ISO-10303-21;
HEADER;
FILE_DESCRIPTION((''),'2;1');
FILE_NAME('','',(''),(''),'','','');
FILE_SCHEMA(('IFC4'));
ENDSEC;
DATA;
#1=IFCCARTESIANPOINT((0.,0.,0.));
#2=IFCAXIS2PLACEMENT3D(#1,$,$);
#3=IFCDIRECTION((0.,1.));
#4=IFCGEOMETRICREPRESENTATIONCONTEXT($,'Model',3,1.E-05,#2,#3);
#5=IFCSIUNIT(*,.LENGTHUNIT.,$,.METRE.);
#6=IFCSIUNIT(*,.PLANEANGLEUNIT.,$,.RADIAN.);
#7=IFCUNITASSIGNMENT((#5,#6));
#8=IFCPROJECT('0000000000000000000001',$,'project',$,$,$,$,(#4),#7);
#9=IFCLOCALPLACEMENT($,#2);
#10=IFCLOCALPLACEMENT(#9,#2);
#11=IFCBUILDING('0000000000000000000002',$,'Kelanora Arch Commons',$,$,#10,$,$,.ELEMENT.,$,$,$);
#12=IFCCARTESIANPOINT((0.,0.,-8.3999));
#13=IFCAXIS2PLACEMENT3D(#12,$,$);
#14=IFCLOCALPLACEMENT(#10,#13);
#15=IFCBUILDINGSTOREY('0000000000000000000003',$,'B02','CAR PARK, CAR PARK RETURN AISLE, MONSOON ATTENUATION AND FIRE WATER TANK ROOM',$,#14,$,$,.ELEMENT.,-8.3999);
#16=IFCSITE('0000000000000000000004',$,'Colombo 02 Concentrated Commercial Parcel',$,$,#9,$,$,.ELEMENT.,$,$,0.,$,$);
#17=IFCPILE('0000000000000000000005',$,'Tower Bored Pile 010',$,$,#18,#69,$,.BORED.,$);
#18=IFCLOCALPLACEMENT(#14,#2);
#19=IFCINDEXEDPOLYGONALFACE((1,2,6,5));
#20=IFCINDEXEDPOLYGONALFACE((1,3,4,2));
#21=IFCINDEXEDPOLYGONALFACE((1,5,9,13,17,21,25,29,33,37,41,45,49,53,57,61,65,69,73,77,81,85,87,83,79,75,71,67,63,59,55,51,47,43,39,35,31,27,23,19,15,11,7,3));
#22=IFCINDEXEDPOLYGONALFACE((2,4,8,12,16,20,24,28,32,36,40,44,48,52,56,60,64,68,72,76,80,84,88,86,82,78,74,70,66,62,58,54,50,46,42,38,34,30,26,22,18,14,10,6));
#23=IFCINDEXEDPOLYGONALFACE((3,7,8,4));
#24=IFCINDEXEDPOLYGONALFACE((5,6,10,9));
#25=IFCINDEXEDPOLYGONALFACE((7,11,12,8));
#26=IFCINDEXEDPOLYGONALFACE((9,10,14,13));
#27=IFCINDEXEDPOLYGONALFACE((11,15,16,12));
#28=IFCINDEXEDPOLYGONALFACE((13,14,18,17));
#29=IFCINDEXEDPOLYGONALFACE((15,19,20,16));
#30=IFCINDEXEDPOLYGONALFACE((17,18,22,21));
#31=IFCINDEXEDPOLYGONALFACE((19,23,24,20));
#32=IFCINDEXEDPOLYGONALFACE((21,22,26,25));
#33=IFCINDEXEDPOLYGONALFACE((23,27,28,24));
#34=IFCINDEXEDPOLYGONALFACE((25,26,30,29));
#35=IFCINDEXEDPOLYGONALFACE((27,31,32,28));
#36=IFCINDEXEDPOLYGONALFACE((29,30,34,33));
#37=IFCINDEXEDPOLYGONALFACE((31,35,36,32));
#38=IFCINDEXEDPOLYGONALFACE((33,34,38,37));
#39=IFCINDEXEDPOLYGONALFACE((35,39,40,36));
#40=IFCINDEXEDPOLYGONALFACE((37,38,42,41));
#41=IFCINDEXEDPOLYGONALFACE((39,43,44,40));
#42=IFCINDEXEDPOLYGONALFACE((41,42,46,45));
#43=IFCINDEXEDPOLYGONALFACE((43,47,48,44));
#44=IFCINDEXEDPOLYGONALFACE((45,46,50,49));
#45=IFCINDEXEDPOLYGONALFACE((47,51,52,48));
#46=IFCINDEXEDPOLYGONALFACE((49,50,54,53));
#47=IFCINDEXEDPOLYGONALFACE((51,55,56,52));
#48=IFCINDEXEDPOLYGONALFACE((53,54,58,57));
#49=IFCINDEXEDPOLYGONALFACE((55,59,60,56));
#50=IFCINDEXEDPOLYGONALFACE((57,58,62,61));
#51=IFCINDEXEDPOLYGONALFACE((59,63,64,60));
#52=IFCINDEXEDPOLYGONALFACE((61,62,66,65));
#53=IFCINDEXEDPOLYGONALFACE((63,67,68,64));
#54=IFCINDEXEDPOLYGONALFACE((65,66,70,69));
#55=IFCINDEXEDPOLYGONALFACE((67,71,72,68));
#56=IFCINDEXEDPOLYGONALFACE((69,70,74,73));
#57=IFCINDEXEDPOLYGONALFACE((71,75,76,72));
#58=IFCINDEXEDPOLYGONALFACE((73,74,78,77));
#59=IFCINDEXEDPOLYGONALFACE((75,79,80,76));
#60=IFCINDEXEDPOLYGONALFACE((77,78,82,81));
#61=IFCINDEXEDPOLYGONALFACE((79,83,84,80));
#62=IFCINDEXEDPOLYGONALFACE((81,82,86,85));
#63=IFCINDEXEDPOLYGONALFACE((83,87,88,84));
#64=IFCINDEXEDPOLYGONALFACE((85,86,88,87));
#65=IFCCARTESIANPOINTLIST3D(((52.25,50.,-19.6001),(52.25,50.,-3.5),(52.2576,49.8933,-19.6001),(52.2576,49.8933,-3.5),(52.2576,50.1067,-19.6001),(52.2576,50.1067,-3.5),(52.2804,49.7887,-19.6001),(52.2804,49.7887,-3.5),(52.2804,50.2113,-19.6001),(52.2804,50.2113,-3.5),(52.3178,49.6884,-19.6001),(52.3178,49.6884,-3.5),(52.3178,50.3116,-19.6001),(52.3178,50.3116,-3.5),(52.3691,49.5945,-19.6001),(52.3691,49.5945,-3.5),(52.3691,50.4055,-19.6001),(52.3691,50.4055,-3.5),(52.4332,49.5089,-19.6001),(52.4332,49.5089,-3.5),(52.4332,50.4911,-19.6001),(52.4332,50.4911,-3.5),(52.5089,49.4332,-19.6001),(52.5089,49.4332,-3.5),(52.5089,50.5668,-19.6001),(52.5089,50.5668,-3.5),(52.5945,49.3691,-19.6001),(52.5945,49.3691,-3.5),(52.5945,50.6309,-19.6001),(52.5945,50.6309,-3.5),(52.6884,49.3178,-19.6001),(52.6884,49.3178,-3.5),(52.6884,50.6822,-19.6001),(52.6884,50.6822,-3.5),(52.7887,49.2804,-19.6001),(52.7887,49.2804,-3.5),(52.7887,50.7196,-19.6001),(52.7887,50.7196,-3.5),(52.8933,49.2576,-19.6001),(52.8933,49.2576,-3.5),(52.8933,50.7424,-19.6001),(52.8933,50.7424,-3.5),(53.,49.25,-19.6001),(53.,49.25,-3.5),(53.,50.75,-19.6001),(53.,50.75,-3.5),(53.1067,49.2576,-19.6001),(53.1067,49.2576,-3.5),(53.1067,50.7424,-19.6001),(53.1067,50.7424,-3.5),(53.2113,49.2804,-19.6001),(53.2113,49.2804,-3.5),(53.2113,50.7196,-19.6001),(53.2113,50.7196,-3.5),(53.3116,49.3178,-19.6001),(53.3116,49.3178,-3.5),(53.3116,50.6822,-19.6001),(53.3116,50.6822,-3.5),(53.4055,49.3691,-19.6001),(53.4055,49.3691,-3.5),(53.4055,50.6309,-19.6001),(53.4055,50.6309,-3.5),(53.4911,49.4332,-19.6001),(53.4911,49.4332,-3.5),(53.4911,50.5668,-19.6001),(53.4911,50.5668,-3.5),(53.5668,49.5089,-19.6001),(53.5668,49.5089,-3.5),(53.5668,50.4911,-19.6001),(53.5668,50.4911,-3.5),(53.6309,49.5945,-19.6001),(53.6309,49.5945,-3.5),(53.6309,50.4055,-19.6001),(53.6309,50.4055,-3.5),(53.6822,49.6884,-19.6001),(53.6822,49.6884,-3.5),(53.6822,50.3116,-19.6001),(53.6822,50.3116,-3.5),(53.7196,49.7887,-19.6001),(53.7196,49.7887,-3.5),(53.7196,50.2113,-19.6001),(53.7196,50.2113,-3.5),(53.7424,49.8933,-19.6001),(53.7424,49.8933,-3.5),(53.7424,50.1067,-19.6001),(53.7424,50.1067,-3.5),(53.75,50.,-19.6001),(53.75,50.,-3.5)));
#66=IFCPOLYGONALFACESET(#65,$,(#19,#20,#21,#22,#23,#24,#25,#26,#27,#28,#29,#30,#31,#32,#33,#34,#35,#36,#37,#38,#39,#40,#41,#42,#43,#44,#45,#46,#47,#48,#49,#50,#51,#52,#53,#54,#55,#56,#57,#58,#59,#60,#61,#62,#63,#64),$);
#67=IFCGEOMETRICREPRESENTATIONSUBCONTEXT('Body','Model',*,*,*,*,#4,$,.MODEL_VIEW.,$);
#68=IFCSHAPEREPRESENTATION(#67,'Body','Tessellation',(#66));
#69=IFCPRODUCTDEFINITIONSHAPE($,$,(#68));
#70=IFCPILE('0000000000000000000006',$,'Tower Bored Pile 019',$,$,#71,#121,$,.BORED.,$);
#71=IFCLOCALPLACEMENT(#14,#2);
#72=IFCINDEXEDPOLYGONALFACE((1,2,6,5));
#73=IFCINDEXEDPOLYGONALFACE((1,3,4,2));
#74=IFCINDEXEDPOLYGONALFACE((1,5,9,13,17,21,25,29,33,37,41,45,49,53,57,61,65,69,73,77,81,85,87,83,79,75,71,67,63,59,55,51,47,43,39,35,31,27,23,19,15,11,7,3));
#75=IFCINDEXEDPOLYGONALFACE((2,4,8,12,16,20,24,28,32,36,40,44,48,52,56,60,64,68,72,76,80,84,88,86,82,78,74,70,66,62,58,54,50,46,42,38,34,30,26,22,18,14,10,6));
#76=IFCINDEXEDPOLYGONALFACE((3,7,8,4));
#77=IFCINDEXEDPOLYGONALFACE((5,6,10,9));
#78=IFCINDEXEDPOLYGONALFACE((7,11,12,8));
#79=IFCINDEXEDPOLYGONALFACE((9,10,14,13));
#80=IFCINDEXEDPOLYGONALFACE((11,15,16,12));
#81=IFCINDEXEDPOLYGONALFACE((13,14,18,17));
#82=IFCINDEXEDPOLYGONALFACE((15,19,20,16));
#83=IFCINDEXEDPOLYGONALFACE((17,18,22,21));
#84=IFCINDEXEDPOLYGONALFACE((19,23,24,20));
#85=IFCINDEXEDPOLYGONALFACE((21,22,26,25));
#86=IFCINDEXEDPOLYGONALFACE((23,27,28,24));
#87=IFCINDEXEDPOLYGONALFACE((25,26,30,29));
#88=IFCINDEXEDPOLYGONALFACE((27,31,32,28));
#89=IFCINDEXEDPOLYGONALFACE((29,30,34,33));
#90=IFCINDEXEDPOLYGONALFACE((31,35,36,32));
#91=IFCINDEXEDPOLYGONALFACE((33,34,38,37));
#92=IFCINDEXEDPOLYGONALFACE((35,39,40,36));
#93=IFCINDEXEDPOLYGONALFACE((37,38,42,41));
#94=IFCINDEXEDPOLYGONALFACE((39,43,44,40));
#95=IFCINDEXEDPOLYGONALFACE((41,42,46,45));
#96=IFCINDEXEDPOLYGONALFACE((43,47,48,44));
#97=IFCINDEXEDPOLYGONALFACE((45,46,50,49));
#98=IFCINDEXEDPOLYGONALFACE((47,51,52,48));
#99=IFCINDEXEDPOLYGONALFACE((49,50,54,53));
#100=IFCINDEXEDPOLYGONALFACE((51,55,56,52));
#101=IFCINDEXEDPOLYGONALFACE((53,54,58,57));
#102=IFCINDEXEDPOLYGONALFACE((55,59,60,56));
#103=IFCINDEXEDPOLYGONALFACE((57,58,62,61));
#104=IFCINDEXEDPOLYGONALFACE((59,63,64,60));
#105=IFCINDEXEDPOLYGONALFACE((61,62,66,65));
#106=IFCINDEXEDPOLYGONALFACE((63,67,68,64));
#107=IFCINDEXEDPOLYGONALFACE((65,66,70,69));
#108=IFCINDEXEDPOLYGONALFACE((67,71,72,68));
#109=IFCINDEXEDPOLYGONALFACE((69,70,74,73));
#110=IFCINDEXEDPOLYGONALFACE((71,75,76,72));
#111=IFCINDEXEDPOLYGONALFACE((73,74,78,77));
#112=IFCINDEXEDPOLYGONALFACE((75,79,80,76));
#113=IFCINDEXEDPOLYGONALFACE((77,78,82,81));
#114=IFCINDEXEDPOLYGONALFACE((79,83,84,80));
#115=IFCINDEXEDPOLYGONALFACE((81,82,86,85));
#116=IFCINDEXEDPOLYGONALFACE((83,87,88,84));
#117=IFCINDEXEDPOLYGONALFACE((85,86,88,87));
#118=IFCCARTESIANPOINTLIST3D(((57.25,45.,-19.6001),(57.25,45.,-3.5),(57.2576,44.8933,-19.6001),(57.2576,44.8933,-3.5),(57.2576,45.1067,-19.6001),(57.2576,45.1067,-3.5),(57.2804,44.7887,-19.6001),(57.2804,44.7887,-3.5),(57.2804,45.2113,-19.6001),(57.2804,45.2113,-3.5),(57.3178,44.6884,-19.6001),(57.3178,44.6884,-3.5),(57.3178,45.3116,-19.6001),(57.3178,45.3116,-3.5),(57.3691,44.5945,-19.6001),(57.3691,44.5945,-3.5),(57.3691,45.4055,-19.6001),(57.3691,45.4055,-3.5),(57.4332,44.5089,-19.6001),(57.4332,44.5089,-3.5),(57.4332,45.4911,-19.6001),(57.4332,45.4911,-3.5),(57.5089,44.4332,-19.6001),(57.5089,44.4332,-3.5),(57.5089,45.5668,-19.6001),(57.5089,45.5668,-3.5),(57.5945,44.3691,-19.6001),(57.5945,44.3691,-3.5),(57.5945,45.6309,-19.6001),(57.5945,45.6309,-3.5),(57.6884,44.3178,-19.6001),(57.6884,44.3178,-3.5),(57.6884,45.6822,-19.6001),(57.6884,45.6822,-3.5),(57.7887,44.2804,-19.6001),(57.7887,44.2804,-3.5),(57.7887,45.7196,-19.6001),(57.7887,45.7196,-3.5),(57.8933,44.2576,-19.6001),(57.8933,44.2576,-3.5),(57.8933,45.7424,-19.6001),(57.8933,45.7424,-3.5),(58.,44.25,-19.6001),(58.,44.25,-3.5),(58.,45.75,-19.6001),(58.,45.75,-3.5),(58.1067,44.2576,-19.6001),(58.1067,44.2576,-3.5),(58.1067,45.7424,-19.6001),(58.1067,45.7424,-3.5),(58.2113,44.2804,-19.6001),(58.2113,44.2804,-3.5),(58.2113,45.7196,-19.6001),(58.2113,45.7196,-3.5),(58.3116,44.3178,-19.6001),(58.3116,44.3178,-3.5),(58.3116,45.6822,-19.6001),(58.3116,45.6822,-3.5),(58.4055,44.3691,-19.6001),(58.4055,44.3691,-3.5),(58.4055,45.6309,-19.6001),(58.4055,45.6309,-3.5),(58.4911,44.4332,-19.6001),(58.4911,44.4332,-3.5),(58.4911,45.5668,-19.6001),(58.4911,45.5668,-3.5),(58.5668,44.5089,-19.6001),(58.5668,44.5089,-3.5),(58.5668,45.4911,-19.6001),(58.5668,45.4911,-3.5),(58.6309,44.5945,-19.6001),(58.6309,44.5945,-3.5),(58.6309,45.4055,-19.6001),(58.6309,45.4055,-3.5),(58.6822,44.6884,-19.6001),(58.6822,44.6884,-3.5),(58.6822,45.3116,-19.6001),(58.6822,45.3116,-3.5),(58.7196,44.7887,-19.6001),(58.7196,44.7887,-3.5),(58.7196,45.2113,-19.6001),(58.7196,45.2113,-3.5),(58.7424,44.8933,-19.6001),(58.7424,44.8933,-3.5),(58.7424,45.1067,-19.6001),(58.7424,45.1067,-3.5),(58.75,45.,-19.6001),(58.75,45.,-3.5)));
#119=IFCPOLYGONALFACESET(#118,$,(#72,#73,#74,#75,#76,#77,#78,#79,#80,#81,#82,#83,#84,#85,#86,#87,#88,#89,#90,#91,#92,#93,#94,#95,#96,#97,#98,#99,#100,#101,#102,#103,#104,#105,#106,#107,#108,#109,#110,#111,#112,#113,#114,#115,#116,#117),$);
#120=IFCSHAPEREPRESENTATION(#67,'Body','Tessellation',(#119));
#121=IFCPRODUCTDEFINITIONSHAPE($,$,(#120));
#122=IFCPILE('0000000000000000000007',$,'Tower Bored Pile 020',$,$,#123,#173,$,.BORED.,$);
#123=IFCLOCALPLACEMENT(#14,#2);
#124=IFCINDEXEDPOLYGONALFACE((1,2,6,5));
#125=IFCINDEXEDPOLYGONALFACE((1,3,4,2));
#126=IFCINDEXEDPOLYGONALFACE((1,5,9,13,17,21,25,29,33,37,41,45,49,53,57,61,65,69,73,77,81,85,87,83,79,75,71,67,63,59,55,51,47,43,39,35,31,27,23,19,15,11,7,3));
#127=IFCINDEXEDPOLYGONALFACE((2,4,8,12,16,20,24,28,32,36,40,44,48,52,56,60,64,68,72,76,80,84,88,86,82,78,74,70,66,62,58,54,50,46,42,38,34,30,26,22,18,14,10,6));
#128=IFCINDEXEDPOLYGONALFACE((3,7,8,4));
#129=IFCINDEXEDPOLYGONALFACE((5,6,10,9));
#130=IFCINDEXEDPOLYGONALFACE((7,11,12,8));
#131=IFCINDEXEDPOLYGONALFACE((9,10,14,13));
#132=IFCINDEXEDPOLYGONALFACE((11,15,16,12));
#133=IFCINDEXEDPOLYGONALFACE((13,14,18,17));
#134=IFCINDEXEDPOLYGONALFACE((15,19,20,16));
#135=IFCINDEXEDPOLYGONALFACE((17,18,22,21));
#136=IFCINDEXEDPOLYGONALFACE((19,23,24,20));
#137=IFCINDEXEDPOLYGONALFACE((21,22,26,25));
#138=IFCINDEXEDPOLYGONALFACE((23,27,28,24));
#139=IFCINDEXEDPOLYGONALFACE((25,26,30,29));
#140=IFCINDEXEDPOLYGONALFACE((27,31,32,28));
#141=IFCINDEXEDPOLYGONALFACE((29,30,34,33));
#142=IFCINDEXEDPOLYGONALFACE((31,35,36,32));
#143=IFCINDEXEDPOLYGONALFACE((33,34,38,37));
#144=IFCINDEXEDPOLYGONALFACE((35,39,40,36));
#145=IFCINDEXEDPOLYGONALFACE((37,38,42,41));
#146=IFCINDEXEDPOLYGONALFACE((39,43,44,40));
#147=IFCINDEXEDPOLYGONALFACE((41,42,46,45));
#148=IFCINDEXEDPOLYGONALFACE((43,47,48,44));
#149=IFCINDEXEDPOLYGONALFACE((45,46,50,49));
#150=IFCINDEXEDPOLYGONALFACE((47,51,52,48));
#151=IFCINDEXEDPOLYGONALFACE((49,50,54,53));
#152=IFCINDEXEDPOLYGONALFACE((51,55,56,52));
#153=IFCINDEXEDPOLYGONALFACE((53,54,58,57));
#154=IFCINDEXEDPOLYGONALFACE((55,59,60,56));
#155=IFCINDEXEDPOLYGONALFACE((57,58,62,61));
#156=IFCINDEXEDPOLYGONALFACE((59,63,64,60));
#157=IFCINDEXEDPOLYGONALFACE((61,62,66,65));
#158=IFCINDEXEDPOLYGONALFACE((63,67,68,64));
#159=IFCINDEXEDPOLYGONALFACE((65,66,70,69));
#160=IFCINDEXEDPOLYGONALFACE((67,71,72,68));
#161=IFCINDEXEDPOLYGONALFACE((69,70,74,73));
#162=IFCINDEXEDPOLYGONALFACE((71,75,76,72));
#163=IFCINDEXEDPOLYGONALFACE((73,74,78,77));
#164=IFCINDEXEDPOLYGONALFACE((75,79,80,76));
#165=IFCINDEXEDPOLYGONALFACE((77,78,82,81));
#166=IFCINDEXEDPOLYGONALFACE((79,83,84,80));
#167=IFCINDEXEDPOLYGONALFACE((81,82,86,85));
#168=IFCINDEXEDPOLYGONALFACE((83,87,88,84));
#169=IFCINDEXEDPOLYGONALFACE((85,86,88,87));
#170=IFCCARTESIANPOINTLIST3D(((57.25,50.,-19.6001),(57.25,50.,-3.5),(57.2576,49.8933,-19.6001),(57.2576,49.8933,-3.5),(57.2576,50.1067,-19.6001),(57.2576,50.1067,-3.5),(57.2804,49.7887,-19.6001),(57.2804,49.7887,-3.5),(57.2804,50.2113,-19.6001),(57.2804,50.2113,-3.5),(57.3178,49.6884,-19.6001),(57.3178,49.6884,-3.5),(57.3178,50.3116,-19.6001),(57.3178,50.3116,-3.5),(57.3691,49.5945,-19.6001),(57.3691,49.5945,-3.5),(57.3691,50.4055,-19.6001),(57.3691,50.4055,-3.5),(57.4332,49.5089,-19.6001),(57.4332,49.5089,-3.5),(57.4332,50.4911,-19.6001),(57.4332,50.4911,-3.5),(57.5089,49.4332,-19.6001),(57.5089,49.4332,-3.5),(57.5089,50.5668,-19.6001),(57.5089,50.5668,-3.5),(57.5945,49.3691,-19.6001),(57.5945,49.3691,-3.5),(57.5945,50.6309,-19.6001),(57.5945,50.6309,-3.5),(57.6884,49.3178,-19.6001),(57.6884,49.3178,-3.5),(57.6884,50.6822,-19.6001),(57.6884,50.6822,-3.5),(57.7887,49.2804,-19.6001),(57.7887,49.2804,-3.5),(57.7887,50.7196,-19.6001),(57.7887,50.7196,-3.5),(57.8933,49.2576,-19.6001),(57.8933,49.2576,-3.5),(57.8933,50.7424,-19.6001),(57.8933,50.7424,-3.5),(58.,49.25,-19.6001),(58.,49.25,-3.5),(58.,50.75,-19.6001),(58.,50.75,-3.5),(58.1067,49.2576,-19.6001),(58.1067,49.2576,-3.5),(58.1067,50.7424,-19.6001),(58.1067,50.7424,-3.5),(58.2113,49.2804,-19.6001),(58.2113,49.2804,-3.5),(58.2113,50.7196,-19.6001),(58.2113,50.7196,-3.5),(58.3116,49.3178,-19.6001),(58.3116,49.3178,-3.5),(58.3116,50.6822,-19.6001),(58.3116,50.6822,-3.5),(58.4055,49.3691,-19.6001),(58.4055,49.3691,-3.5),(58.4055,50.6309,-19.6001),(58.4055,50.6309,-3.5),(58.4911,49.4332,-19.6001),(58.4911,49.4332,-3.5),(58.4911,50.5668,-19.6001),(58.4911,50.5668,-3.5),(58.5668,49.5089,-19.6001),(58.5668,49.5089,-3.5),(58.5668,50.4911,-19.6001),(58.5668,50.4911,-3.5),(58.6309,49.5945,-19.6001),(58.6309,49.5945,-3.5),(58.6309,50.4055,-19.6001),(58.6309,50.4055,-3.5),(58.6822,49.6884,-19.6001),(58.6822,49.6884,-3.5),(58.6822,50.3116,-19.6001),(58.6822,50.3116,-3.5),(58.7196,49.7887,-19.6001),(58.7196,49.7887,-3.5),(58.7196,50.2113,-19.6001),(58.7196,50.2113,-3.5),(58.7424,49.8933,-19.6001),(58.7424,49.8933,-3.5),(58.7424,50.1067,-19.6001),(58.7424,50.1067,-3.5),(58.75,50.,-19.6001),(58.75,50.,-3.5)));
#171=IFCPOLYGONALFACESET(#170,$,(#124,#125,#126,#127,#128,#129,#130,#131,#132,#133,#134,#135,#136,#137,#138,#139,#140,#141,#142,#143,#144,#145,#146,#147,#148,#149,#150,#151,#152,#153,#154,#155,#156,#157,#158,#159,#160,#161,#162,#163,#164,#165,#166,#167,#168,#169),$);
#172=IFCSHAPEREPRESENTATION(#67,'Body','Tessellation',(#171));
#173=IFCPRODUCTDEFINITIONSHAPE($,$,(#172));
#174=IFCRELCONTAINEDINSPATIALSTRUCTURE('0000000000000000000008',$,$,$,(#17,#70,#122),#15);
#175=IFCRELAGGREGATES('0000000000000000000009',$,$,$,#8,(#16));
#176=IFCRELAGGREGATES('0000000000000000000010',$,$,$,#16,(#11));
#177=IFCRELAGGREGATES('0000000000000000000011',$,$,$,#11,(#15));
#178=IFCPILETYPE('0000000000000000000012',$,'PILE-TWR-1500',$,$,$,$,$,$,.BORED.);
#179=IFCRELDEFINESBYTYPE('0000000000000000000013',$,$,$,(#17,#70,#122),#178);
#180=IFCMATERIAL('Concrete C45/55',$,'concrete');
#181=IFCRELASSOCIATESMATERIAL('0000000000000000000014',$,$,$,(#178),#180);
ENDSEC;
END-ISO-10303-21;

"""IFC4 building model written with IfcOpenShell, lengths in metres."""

from ifc_helpers import new_model, si_unit, direction, frame, origin, origin_2d, place, context, subcontext, project, spatial, circle, extrude, source, transform, mapped, material, material_profile, profile_set, type_object, element, save


model = new_model("IFC4")

# Units and contexts
model_context = context("Model", 3, precision=1e-05, world=origin(), true_north=direction((0.0, 1.0)))
body_context = subcontext(model_context, "Body", "Model", "MODEL_VIEW")
ifc_project = project(units=[si_unit("LENGTHUNIT", "METRE"), si_unit("PLANEANGLEUNIT", "RADIAN")], contexts=[model_context])

# Site, building, storey
site_placement = place(None, origin())
site = spatial("IfcSite", under=ifc_project, at=site_placement, Name="Colombo 02 Concentrated Commercial Parcel", CompositionType="ELEMENT", RefElevation=0.0)
building_placement = place(site_placement, origin())
building = spatial("IfcBuilding", under=site, at=building_placement, Name="Kelanora Arch Commons", CompositionType="ELEMENT")
storey_placement = place(building_placement, frame((0.0, 0.0, -8.3999)))
storey = spatial("IfcBuildingStorey", under=building, at=storey_placement, Name="B02", Description="CAR PARK, CAR PARK RETURN AISLE, MONSOON ATTENUATION AND FIRE WATER TANK ROOM", CompositionType="ELEMENT", Elevation=-8.3999)

# Piles
ifc_material_1 = material(Name="Concrete C45/55", Category="concrete")
ifc_material_profile_1 = material_profile(ifc_material_1, circle(Radius=0.75, at=origin_2d()), Name="PILE1500")
ifc_profile_set_1 = profile_set([ifc_material_profile_1], Name="Concrete C45/55")
pile_type = type_object("IfcPileType", Name="PILE-TWR-1500", PredefinedType="BORED", material=ifc_profile_set_1)
shared_shape = source(origin(), body_context, "Body", "SweptSolid", [
    extrude(circle(Radius=0.75, at=origin_2d()), origin(), (0.0, 0.0, 1.0), 16.1001),
])
for number, where, z_axis, x_axis, name in (
    (1, (53.0, 50.0, -3.5), (0.0, 0.0, -1.0), (1.0, 0.0, 0.0), "Tower Bored Pile 010"),
    (2, (58.0, 45.0, -3.5), (0.0, 0.0, -1.0), (1.0, 0.0, 0.0), "Tower Bored Pile 019"),
    (3, (58.0, 50.0, -3.5), (0.0, 0.0, -1.0), (1.0, 0.0, 0.0), "Tower Bored Pile 020"),
):
    element("IfcPile", number, at=place(storey_placement, frame(where, z_axis=z_axis, x_axis=x_axis)), inside=storey, type_object=pile_type, Name=name, PredefinedType="BORED", context=body_context, shape_type="MappedRepresentation", body=[
        mapped(shared_shape, transform((0.0, 0.0, 0.0), scale=1.0)),
    ])

save(model, "model.ifc")
